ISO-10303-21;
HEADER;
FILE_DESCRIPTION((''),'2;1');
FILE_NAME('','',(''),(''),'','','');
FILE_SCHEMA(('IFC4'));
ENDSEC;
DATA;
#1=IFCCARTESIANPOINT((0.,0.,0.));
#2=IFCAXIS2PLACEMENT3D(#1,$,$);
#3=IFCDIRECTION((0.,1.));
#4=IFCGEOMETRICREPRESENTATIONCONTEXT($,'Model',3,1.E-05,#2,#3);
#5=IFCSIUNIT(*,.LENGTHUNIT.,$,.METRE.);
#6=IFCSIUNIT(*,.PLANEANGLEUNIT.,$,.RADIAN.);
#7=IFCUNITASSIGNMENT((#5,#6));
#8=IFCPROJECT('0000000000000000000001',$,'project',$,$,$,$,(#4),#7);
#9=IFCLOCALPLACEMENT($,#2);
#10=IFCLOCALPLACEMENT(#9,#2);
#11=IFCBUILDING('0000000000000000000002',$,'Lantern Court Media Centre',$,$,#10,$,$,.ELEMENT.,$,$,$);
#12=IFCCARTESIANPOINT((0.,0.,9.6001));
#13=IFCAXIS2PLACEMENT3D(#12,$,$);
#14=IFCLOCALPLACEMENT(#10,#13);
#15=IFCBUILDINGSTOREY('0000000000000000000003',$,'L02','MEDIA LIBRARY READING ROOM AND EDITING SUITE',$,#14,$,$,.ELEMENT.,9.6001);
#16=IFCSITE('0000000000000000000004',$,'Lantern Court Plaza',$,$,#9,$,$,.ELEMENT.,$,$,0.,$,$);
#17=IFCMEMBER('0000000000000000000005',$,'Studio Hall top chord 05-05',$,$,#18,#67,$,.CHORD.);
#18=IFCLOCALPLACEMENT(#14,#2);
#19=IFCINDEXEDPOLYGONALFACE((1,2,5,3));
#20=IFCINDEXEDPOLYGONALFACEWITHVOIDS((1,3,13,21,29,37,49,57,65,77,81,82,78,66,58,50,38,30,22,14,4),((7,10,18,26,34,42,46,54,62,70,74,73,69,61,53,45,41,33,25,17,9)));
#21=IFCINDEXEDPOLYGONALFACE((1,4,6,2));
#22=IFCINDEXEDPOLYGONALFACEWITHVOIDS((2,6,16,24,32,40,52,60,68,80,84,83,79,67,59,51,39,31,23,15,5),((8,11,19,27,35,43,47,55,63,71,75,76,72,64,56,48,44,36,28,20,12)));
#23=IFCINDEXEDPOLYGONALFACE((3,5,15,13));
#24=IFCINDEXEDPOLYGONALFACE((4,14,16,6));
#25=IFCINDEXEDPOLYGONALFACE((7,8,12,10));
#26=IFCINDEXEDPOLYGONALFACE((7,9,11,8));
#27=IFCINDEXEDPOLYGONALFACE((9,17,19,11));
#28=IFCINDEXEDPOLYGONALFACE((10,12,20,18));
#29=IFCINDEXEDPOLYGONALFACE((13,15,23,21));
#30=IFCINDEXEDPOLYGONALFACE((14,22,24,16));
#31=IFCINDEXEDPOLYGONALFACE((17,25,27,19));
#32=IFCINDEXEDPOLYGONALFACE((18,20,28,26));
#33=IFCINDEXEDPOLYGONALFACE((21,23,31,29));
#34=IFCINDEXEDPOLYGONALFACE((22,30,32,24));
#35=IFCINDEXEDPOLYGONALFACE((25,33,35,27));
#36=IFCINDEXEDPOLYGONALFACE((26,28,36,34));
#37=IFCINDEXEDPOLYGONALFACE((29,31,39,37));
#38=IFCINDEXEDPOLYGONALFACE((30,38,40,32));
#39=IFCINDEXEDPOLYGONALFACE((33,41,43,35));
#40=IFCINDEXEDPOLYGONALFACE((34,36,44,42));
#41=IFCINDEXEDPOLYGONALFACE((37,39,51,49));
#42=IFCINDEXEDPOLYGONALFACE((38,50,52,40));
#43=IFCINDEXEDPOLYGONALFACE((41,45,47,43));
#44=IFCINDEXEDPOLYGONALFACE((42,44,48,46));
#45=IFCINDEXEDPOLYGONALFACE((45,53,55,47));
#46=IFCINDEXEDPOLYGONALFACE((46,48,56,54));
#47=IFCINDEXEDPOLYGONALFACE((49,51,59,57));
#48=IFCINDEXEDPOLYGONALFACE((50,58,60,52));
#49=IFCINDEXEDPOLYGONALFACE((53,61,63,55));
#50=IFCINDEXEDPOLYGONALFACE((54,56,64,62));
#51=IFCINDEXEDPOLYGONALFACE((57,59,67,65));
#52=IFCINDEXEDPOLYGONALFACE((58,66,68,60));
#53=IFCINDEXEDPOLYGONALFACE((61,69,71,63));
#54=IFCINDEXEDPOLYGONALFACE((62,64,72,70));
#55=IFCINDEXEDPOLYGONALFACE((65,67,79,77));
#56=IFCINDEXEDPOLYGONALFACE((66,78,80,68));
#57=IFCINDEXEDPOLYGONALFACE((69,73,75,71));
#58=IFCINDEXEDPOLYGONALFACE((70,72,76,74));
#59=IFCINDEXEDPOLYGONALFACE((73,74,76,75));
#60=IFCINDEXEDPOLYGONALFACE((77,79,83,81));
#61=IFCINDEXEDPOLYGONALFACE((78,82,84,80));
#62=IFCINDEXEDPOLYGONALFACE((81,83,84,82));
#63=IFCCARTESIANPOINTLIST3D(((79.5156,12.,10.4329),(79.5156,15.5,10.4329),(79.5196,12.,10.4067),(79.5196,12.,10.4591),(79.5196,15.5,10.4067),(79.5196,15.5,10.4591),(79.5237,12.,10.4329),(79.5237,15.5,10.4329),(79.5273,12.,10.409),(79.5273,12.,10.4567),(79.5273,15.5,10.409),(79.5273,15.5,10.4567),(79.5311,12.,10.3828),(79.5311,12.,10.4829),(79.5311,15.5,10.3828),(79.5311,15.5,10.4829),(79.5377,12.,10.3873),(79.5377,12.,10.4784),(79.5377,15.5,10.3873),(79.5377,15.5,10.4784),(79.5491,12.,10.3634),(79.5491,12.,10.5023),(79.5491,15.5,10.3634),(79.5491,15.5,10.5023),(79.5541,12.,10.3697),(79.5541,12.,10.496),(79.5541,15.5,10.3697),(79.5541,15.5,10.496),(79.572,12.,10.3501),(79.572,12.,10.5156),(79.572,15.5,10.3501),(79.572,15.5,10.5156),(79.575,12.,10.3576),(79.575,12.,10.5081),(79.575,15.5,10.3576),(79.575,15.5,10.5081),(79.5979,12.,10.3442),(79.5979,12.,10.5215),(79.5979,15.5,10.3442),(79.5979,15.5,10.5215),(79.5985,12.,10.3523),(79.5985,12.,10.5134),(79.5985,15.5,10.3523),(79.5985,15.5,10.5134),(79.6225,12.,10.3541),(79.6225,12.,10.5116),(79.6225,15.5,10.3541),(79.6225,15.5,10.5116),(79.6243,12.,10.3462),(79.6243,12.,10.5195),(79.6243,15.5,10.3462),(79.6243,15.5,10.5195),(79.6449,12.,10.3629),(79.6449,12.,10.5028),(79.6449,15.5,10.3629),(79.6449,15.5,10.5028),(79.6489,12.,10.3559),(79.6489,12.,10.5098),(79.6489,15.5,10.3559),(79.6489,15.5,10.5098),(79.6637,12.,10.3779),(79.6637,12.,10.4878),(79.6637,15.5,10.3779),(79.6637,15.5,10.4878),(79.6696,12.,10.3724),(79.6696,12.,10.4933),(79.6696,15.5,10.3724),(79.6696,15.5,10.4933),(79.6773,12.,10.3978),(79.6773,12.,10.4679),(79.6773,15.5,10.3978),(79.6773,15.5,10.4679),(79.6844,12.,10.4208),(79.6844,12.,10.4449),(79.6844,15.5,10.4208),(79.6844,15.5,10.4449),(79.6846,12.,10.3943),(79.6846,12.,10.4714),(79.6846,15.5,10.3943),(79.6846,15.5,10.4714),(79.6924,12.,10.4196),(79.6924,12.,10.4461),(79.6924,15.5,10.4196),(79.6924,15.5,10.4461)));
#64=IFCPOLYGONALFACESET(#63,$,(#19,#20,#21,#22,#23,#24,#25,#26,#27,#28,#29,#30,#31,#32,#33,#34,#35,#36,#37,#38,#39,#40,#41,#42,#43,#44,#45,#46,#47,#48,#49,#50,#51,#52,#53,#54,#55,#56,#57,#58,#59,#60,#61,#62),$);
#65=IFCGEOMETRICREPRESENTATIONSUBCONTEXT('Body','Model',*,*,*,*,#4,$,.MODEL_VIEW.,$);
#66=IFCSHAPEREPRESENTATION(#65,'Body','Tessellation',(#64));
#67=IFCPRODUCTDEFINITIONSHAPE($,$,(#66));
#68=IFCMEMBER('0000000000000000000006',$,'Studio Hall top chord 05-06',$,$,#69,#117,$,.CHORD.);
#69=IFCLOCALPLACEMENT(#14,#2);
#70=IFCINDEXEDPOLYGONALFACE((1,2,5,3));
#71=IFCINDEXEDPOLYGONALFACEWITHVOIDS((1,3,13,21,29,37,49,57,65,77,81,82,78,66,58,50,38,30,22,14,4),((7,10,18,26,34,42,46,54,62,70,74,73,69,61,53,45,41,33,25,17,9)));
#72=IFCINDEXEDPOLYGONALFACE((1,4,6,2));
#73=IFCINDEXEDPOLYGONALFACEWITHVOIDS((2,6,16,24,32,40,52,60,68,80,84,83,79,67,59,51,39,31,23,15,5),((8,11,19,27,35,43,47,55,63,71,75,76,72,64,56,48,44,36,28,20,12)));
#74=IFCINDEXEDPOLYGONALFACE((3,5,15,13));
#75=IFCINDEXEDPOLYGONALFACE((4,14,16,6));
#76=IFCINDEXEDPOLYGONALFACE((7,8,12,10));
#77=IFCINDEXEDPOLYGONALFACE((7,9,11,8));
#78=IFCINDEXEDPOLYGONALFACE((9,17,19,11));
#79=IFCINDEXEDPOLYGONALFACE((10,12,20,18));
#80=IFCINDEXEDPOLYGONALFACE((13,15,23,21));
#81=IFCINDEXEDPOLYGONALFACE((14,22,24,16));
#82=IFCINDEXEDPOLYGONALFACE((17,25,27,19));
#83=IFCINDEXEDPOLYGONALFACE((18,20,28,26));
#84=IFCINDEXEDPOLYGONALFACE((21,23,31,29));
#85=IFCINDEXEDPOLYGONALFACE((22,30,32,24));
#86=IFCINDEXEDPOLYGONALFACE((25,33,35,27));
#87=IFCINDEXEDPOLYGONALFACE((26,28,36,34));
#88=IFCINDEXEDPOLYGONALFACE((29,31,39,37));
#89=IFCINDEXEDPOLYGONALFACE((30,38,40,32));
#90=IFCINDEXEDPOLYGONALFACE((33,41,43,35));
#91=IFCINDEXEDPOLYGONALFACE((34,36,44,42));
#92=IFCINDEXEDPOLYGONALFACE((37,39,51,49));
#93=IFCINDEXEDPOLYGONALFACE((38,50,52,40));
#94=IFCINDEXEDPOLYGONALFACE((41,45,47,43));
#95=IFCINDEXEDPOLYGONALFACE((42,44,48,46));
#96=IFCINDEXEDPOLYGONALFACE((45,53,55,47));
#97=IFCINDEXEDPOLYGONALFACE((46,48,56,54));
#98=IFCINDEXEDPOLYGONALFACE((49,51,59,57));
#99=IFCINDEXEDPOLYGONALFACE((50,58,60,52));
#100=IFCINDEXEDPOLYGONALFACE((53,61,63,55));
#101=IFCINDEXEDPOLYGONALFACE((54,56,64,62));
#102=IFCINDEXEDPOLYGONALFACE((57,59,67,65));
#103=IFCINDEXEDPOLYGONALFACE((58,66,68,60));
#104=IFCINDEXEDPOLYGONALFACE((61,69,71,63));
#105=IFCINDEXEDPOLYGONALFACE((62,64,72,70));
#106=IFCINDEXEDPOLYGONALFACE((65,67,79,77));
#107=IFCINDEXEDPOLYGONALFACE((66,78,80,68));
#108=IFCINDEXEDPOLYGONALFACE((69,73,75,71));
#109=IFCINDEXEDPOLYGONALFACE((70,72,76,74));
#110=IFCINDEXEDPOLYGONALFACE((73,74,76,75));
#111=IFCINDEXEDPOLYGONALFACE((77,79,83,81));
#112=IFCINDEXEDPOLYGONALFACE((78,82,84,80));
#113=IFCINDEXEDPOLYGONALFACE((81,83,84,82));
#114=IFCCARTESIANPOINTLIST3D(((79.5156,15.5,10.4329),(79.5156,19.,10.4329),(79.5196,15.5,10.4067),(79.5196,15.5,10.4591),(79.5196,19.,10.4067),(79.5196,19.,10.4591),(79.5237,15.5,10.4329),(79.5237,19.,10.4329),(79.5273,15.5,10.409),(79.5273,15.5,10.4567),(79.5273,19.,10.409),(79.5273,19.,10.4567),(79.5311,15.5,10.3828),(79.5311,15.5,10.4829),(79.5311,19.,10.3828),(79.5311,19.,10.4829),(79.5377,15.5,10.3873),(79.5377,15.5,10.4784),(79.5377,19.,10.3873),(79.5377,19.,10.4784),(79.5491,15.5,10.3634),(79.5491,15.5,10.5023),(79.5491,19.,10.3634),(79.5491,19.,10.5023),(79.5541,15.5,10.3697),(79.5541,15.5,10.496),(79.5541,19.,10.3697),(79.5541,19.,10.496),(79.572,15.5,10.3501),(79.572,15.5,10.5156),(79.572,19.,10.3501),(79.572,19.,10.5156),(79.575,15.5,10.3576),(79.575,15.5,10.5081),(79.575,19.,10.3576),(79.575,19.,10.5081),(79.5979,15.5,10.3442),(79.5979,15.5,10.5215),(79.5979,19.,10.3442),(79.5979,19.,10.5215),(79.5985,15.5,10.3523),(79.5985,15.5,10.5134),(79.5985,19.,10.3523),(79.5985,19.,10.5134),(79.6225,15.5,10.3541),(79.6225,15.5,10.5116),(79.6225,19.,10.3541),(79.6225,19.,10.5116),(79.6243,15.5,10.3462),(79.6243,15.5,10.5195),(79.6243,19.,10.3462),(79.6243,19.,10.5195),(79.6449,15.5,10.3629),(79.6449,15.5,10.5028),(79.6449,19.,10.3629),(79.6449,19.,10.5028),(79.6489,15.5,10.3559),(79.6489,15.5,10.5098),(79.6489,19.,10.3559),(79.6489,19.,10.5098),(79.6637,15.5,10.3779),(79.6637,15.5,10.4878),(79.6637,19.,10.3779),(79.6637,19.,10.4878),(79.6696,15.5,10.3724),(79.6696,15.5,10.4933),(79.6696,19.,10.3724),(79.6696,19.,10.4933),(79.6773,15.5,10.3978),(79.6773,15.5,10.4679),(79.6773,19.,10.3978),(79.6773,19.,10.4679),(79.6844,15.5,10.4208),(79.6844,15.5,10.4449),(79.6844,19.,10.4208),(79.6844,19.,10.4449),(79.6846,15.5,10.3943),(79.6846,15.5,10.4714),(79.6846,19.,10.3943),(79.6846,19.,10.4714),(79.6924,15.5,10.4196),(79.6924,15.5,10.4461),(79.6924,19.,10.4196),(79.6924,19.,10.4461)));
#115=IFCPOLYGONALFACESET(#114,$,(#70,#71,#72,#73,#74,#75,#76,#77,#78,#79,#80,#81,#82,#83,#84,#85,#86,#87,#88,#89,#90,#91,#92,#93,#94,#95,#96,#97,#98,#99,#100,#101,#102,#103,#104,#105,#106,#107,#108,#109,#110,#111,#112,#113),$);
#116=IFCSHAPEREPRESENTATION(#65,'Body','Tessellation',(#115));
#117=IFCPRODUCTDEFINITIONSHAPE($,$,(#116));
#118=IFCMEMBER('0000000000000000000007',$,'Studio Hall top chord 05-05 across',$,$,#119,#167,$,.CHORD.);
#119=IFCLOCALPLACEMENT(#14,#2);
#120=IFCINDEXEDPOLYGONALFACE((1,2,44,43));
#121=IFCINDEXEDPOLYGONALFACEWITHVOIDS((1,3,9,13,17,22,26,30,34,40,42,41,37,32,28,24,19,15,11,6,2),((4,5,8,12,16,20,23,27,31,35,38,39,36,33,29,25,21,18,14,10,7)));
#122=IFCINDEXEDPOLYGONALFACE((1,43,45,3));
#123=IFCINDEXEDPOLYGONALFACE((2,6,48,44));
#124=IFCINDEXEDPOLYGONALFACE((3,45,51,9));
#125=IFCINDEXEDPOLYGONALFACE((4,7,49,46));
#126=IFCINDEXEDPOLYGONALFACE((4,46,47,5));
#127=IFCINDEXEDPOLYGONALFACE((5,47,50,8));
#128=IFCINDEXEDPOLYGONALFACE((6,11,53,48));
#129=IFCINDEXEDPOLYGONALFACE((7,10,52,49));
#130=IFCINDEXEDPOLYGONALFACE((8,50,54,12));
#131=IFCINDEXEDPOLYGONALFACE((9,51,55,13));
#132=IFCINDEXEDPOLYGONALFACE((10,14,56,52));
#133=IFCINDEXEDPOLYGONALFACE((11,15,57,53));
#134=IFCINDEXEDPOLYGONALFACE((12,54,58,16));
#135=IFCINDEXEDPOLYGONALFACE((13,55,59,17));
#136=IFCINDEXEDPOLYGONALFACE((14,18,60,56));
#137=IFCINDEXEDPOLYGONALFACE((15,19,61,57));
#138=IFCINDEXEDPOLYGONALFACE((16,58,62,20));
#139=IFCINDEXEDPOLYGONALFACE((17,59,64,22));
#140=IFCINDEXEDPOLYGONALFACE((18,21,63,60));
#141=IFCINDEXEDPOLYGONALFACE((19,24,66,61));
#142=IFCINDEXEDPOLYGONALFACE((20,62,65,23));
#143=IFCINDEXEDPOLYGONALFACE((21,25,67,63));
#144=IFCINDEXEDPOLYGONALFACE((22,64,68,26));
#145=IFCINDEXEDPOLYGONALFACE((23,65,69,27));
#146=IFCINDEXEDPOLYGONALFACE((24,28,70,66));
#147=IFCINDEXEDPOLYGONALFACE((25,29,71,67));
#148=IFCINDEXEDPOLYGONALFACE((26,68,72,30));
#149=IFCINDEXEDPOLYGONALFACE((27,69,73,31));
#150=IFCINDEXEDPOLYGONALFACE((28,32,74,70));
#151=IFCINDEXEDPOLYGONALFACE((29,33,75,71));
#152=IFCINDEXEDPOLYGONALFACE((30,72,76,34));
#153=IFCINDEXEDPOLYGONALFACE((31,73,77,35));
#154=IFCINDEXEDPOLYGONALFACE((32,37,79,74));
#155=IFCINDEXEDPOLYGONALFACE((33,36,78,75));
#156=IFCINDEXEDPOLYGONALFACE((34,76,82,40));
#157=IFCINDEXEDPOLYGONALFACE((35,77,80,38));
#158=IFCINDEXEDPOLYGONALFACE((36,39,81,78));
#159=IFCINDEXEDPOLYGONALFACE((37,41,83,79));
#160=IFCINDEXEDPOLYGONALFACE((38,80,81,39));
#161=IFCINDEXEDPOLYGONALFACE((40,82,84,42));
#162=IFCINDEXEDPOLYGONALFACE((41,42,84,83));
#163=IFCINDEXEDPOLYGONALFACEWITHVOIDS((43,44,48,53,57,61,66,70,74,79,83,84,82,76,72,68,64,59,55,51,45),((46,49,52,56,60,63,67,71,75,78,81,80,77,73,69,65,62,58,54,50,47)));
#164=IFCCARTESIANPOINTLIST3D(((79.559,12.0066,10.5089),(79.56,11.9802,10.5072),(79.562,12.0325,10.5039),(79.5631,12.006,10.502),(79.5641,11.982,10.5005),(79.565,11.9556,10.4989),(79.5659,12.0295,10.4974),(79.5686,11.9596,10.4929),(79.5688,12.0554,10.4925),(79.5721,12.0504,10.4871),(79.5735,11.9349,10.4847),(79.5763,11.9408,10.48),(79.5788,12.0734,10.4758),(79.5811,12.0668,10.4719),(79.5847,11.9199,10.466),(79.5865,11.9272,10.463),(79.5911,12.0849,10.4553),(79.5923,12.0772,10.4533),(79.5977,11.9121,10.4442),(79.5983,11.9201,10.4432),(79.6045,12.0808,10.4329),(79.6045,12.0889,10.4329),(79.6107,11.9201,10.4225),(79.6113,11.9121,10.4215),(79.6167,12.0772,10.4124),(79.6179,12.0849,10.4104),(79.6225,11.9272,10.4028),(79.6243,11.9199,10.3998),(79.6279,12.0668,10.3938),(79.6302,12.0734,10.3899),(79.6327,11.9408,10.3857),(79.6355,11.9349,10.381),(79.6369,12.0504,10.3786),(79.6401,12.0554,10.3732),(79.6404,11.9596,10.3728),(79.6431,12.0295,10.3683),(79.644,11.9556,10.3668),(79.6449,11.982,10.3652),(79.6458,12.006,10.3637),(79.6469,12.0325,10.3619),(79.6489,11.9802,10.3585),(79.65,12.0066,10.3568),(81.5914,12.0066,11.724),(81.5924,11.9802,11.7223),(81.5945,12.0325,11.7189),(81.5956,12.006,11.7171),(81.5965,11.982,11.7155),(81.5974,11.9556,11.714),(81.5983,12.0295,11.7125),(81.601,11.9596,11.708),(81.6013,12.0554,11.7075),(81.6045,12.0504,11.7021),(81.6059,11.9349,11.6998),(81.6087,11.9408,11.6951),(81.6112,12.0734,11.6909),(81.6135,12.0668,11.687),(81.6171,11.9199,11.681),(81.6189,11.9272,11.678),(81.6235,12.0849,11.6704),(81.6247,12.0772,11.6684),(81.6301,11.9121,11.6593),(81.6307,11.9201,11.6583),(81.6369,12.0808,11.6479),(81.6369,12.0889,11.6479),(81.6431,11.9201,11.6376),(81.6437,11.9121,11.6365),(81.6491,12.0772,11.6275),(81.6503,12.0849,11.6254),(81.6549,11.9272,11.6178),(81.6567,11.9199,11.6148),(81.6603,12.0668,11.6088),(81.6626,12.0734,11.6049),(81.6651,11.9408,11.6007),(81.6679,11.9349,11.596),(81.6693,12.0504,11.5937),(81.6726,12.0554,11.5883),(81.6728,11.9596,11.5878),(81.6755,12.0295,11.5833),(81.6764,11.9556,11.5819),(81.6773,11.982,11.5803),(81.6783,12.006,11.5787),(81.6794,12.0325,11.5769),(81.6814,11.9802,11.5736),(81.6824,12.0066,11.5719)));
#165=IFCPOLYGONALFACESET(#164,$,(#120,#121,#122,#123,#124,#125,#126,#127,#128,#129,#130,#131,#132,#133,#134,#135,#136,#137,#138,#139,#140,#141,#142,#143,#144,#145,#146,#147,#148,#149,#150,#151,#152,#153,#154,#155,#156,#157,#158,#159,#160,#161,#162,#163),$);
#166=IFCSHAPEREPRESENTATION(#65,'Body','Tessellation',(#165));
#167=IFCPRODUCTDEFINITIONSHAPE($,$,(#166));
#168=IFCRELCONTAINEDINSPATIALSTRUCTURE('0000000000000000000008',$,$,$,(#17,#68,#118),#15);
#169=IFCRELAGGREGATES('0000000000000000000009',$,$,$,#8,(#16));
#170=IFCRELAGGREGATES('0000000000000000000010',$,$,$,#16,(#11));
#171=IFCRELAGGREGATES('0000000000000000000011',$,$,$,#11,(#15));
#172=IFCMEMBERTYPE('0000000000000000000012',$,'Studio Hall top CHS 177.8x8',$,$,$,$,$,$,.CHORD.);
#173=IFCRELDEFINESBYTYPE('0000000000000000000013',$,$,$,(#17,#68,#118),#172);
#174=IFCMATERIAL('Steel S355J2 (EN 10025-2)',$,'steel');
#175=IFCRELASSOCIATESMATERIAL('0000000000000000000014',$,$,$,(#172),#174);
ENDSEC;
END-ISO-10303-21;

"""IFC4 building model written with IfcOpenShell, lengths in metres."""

from ifc_helpers import new_model, si_unit, direction, frame, origin, origin_2d, place, context, subcontext, project, spatial, hollow_circle, extrude, material, material_profile, profile_set, type_object, element, save


model = new_model("IFC4")

# Units and contexts
model_context = context("Model", 3, precision=1e-05, world=origin(), true_north=direction((0.0, 1.0)))
body_context = subcontext(model_context, "Body", "Model", "MODEL_VIEW")
ifc_project = project(units=[si_unit("LENGTHUNIT", "METRE"), si_unit("PLANEANGLEUNIT", "RADIAN")], contexts=[model_context])

# Site, building, storey
site_placement = place(None, origin())
site = spatial("IfcSite", under=ifc_project, at=site_placement, Name="Lantern Court Plaza", CompositionType="ELEMENT", RefElevation=0.0)
building_placement = place(site_placement, origin())
building = spatial("IfcBuilding", under=site, at=building_placement, Name="Lantern Court Media Centre", CompositionType="ELEMENT")
storey_placement = place(building_placement, frame((0.0, 0.0, 9.6001)))
storey = spatial("IfcBuildingStorey", under=building, at=storey_placement, Name="L02", Description="MEDIA LIBRARY READING ROOM AND EDITING SUITE", CompositionType="ELEMENT", Elevation=9.6001)

# Members
ifc_material = material(Name="Steel S355J2 (EN 10025-2)", Category="steel")
ifc_material_profile_1 = material_profile(ifc_material, hollow_circle(Radius=0.0889, WallThickness=0.0081, at=origin_2d()), Name="Studio Hall top CHS 177.8x8")
ifc_profile_set_1 = profile_set([ifc_material_profile_1], Name="Steel S355J2 (EN 10025-2)")
member_type_1 = type_object("IfcMemberType", Name="Studio Hall top CHS 177.8x8", PredefinedType="CHORD", material=ifc_profile_set_1)
for number, where, z_axis, x_axis, name in (
    (1, (79.6045, 12.0, 10.4329), (0.0, 1.0, 0.0), (-1.0, 0.0, 0.0), "Studio Hall top chord 05-05"),
    (2, (79.6045, 15.5, 10.4329), (0.0, 1.0, 0.0), (-1.0, 0.0, 0.0), "Studio Hall top chord 05-06"),
):
    element("IfcMember", number, at=place(storey_placement, frame(where, z_axis=z_axis, x_axis=x_axis)), inside=storey, type_object=member_type_1, Name=name, PredefinedType="CHORD", context=body_context, shape_type="SweptSolid", body=[
        extrude(hollow_circle(Radius=0.0889, WallThickness=0.0081, at=origin_2d()), origin(), (0.0, 0.0, 1.0), 3.5),
    ])
for number, where, z_axis, x_axis, name in (
    (3, (79.6045, 12.0, 10.4329), (0.858311, 0.0, 0.513131), (0.0, 1.0, 0.0), "Studio Hall top chord 05-05 across"),
):
    element("IfcMember", number, at=place(storey_placement, frame(where, z_axis=z_axis, x_axis=x_axis)), inside=storey, type_object=member_type_1, Name=name, PredefinedType="CHORD", context=body_context, shape_type="SweptSolid", body=[
        extrude(hollow_circle(Radius=0.0889, WallThickness=0.0081, at=origin_2d()), origin(), (0.0, 0.0, 1.0), 2.3679),
    ])

save(model, "model.ifc")
